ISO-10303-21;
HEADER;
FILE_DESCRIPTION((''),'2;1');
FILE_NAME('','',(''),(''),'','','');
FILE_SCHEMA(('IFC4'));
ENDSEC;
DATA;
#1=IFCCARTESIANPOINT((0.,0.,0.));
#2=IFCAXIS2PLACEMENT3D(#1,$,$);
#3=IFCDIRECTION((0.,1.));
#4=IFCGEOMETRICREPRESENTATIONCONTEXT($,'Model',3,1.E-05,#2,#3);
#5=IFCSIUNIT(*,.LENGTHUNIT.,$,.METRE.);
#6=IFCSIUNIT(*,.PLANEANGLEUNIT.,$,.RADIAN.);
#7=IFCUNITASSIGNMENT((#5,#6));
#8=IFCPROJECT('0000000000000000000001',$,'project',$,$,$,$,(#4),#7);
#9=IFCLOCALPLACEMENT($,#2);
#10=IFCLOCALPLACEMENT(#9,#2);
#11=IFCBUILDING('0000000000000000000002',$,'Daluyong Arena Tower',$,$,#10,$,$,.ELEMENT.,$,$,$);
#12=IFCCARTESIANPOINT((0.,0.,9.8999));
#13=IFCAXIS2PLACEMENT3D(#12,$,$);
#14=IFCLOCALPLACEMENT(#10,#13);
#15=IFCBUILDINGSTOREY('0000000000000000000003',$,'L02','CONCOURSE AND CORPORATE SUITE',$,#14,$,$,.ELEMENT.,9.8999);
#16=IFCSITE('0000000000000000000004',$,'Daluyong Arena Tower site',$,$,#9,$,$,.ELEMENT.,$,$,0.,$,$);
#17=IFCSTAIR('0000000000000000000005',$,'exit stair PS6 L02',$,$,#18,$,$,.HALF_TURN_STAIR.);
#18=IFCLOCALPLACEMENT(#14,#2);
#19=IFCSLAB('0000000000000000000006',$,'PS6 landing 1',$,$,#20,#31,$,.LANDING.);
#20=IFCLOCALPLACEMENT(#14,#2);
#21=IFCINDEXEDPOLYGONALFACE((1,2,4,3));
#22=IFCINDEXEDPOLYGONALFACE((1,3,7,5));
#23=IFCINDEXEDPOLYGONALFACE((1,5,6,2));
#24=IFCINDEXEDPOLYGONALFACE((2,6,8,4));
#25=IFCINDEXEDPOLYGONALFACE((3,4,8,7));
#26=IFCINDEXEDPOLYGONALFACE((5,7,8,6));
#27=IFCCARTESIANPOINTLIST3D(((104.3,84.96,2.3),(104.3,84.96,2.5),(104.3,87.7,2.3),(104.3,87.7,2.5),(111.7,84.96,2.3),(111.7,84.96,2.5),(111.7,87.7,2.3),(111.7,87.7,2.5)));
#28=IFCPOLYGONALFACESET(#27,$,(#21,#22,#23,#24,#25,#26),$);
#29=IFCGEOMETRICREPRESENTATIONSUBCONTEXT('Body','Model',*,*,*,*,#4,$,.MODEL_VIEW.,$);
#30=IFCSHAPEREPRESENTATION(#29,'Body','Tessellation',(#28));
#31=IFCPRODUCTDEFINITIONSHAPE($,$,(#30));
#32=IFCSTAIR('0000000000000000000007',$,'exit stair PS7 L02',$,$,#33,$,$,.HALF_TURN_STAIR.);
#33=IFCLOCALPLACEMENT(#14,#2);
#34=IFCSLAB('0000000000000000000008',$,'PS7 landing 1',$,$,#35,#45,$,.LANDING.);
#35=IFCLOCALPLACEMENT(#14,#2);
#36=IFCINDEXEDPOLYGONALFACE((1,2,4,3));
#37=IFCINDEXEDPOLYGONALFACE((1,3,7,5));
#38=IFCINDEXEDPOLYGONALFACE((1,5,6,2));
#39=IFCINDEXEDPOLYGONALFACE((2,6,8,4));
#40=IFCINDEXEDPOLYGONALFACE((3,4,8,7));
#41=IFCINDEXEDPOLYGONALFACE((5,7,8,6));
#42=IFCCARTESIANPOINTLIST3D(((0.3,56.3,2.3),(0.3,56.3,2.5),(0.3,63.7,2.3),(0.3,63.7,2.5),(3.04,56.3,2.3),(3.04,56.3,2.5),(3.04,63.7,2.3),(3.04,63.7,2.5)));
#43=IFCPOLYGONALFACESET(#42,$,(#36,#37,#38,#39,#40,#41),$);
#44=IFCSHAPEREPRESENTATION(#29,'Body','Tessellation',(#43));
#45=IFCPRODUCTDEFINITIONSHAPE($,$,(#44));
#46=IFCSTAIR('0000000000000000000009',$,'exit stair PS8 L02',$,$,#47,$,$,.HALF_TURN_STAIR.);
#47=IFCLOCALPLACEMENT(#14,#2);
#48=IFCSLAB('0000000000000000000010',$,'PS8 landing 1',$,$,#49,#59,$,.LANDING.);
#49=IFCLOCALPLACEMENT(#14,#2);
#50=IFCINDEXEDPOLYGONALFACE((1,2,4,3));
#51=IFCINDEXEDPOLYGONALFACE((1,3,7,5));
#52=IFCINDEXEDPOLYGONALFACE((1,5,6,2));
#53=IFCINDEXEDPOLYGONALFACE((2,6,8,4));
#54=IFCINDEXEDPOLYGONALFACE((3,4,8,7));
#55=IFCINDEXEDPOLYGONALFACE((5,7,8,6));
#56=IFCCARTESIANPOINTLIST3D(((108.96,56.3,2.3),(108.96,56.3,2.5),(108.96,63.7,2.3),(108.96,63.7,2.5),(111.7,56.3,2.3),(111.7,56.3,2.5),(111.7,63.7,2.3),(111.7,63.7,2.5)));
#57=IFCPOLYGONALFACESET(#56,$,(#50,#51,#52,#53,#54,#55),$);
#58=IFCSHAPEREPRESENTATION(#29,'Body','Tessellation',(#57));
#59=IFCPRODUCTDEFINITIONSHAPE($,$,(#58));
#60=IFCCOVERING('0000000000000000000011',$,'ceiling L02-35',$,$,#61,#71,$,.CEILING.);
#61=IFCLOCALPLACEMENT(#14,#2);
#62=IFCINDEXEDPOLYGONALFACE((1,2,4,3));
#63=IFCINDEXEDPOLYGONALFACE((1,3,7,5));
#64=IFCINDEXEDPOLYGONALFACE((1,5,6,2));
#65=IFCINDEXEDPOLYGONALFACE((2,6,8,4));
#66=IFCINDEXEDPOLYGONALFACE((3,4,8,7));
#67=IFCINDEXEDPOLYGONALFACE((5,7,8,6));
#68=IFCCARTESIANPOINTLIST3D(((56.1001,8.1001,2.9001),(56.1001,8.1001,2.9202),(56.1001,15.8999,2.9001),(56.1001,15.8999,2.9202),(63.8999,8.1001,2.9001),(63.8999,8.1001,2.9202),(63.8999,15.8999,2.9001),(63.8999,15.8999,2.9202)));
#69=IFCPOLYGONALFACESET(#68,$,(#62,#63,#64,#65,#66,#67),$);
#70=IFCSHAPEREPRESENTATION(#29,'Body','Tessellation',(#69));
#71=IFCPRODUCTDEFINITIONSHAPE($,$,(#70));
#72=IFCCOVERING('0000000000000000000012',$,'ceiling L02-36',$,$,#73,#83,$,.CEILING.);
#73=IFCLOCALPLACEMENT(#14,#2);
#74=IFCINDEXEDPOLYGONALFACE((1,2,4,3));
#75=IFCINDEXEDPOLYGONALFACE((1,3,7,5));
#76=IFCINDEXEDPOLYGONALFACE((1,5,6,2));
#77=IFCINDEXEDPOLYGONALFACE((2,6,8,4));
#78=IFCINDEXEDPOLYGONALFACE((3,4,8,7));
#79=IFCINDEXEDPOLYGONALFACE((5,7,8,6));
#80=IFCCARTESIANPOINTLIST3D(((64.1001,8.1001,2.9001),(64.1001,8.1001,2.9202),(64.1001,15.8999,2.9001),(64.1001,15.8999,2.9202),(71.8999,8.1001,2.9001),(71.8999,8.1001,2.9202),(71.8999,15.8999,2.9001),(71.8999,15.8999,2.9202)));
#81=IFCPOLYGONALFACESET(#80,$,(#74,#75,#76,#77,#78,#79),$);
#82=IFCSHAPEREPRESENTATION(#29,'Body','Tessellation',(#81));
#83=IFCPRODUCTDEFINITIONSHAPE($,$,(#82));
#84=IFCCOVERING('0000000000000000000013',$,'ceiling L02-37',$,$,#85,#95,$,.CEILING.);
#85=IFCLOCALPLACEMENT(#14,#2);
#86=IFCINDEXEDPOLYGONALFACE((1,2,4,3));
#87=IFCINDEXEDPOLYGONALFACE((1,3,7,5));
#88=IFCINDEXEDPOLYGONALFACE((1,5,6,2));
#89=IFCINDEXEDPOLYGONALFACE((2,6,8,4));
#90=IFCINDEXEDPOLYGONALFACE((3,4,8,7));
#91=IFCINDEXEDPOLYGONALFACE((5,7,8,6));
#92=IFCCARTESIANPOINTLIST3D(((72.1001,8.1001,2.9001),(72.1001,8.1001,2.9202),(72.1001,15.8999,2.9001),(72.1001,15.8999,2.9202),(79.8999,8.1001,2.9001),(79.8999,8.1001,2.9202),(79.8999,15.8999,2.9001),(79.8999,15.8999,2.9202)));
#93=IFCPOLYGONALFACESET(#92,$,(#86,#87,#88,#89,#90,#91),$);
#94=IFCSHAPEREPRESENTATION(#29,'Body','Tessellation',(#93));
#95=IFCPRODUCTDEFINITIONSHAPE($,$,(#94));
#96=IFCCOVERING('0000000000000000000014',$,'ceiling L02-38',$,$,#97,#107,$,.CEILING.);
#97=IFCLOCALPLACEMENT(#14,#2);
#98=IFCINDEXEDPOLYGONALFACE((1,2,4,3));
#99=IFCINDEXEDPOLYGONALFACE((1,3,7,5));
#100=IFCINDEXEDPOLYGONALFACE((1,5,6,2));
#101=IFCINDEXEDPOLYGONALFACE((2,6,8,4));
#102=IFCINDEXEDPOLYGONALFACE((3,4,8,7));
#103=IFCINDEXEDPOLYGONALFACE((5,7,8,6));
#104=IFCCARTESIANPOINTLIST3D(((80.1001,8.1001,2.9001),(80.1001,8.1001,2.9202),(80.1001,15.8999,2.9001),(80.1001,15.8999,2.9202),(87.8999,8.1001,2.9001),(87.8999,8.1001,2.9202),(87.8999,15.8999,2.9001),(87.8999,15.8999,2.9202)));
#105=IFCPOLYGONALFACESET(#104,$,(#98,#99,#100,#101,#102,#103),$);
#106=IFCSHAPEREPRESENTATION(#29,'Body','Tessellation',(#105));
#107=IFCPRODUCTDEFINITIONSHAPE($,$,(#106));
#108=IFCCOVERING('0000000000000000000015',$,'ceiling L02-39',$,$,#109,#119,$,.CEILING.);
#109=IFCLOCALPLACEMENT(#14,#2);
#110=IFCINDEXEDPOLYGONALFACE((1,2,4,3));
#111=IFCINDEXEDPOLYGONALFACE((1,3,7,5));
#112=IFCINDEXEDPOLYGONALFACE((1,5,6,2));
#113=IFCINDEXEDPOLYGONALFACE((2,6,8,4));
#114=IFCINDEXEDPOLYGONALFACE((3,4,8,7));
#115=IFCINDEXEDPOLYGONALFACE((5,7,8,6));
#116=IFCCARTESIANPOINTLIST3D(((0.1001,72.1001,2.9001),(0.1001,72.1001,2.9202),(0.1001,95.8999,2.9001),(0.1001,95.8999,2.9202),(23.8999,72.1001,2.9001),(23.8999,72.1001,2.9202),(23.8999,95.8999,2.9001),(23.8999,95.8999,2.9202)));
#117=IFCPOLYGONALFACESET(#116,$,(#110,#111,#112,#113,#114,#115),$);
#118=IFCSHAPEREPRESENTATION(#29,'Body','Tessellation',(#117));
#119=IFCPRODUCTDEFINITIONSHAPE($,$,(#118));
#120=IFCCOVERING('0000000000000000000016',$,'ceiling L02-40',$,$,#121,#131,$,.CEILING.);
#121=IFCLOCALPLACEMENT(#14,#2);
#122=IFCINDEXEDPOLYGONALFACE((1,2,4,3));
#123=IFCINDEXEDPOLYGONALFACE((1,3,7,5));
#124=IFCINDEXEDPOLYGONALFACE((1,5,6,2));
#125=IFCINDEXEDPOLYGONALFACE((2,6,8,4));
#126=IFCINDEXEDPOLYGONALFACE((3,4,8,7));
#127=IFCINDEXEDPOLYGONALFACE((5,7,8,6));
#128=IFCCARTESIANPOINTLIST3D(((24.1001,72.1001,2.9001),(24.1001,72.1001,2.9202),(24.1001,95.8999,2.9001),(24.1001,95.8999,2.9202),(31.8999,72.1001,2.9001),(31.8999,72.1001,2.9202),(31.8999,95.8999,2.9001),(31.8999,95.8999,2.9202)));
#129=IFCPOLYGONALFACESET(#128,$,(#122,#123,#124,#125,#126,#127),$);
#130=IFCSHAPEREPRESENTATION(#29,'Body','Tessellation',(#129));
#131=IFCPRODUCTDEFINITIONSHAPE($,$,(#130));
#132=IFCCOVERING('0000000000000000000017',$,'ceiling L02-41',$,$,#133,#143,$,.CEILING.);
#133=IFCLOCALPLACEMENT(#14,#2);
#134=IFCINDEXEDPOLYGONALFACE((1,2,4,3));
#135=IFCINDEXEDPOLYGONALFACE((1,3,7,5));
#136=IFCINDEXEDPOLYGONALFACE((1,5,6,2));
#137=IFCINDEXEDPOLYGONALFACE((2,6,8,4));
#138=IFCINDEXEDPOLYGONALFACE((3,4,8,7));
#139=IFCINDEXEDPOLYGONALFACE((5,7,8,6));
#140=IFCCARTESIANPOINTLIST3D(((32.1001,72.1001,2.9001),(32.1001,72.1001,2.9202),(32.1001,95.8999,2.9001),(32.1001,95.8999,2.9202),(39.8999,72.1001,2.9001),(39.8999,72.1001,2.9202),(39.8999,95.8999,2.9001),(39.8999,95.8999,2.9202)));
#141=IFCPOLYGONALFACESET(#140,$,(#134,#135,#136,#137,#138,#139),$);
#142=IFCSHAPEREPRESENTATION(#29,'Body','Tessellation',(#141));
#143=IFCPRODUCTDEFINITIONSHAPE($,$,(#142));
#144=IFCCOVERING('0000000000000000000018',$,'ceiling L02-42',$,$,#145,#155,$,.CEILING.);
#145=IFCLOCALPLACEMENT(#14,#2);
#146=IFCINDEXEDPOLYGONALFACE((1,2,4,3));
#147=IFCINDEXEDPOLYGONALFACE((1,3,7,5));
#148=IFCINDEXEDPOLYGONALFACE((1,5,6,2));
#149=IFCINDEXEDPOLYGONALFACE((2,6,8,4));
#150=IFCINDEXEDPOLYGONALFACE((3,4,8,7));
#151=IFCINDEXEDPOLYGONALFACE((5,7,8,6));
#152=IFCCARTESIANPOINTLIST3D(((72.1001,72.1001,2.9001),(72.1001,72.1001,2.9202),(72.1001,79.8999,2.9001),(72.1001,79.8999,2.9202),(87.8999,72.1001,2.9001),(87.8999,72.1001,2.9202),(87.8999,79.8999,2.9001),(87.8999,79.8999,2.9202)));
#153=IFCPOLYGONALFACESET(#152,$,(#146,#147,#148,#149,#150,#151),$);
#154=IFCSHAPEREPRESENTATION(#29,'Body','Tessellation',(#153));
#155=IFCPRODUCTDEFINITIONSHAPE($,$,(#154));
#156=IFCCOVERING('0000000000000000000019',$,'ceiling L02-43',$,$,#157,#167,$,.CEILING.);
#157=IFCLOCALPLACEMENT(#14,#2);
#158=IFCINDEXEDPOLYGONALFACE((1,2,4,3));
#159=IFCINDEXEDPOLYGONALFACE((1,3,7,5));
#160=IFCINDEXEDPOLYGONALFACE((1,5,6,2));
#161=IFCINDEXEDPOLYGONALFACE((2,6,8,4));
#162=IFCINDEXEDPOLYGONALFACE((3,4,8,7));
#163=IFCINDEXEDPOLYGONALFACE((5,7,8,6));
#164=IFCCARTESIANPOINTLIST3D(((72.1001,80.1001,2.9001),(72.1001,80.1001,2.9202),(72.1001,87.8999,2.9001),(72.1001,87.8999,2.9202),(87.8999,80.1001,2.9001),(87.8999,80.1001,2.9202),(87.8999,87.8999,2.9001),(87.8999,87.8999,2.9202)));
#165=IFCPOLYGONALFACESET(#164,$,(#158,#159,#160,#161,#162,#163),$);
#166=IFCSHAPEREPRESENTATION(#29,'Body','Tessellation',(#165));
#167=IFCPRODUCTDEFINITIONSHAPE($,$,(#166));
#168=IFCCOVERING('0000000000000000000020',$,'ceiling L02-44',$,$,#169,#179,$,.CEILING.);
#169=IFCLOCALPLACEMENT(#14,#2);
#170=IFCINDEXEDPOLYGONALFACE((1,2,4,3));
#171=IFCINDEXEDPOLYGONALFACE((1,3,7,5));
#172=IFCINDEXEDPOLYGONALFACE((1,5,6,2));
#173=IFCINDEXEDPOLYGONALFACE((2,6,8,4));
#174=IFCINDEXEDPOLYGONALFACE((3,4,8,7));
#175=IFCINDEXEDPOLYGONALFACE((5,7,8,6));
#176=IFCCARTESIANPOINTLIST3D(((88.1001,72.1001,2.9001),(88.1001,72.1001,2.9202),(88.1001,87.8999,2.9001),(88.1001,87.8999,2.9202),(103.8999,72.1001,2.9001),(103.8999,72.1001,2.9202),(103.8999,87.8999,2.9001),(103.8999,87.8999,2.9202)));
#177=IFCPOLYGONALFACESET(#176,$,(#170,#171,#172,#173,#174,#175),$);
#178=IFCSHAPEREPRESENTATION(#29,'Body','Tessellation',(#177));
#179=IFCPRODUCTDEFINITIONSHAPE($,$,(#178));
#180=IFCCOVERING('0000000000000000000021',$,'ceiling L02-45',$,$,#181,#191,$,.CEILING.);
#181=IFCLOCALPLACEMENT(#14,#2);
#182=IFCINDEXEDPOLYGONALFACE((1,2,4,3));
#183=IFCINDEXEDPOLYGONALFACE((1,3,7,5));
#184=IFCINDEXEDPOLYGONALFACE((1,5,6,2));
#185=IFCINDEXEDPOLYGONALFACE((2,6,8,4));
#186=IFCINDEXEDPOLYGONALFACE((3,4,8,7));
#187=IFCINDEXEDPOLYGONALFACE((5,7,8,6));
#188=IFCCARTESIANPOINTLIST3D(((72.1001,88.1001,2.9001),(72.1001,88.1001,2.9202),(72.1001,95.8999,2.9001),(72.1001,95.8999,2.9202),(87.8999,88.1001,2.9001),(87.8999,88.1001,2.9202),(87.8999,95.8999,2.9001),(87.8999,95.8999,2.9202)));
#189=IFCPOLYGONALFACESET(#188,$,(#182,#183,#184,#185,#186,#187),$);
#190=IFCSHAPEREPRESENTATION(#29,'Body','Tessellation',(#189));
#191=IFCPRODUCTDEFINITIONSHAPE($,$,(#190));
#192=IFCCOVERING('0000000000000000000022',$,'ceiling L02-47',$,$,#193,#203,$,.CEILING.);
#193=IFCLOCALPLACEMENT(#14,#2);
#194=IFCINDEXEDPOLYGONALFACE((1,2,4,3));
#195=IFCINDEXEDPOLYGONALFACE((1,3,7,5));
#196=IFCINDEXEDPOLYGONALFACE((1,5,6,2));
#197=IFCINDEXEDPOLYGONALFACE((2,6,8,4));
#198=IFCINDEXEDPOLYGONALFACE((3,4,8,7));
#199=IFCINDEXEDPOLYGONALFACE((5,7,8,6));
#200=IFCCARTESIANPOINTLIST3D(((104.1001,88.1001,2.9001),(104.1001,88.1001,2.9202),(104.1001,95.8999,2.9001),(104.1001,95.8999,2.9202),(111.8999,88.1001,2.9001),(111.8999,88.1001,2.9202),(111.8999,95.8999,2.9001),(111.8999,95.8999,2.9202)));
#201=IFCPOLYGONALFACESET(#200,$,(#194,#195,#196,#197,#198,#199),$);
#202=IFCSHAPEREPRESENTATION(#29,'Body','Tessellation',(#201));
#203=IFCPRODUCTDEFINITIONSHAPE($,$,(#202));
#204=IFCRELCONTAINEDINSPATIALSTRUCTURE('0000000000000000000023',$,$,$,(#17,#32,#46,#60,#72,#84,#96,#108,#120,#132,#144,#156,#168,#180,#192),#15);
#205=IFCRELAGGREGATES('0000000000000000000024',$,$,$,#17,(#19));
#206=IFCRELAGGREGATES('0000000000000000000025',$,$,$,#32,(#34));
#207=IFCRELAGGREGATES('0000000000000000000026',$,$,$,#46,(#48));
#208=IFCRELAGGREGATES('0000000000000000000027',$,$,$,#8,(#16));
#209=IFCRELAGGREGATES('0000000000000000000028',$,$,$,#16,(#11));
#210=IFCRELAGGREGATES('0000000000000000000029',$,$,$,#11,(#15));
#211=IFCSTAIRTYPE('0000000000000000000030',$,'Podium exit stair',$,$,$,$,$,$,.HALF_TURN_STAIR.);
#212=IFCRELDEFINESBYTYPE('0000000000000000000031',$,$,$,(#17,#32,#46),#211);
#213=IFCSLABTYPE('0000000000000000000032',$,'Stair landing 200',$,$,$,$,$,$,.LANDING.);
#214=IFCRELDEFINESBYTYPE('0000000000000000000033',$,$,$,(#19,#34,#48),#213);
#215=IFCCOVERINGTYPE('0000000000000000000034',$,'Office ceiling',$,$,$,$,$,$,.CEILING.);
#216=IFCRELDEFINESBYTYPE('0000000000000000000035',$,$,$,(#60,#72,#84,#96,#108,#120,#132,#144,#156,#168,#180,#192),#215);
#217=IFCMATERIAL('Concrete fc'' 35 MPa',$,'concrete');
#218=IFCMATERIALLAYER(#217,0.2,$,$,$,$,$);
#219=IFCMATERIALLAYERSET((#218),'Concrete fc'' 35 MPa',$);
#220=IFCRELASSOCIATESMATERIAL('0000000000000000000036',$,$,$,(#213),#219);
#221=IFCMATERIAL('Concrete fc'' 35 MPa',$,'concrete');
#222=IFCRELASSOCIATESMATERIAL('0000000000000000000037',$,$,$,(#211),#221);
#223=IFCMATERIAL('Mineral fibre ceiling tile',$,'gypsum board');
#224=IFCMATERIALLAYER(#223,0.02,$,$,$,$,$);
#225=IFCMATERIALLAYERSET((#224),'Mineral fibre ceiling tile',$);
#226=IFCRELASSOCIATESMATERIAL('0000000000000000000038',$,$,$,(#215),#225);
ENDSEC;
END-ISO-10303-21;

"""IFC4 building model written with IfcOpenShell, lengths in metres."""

from ifc_helpers import new_model, si_unit, direction, frame, origin, place, context, subcontext, project, spatial, polyline, outline, extrude, material, layer, layer_set, type_object, element, aggregate, save


model = new_model("IFC4")

# Units and contexts
model_context = context("Model", 3, precision=1e-05, world=origin(), true_north=direction((0.0, 1.0)))
body_context = subcontext(model_context, "Body", "Model", "MODEL_VIEW")
ifc_project = project(units=[si_unit("LENGTHUNIT", "METRE"), si_unit("PLANEANGLEUNIT", "RADIAN")], contexts=[model_context])

# Site, building, storey
site_placement = place(None, origin())
site = spatial("IfcSite", under=ifc_project, at=site_placement, Name="Daluyong Arena Tower site", CompositionType="ELEMENT", RefElevation=0.0)
building_placement = place(site_placement, origin())
building = spatial("IfcBuilding", under=site, at=building_placement, Name="Daluyong Arena Tower", CompositionType="ELEMENT")
storey_placement = place(building_placement, frame((0.0, 0.0, 9.8999)))
storey = spatial("IfcBuildingStorey", under=building, at=storey_placement, Name="L02", Description="CONCOURSE AND CORPORATE SUITE", CompositionType="ELEMENT", Elevation=9.8999)

# Shared definitions
ifc_material_1 = material(Name="Concrete fc' 35 MPa", Category="concrete")
ifc_layer_1 = layer(ifc_material_1, 0.2)
ifc_layer_set_1 = layer_set([ifc_layer_1], Name="Concrete fc' 35 MPa")
slab_type = type_object("IfcSlabType", Name="Stair landing 200", PredefinedType="LANDING", material=ifc_layer_set_1)

# Stairs, slabs
ifc_material_2 = material(Name="Concrete fc' 35 MPa", Category="concrete")
stair_type_1 = type_object("IfcStairType", Name="Podium exit stair", PredefinedType="HALF_TURN_STAIR", material=ifc_material_2)
stair_1_placement = place(storey_placement, origin())
stair_1 = element("IfcStair", 1, at=stair_1_placement, inside=storey, type_object=stair_type_1, Name="exit stair PS6 L02", PredefinedType="HALF_TURN_STAIR")
slab_1_placement = place(storey_placement, frame((0.0, 0.0, 2.3)))
slab_1 = element("IfcSlab", 2, at=slab_1_placement, type_object=slab_type, Name="PS6 landing 1", PredefinedType="LANDING", context=body_context, shape_type="SweptSolid", body=[
    extrude(outline(polyline([(104.3, 84.96), (111.7, 84.96), (111.7, 87.7), (104.3, 87.7), (104.3, 84.96)])), origin(), (0.0, 0.0, 1.0), 0.2),
])
aggregate(stair_1, [slab_1])
stair_2_placement = place(storey_placement, origin())
stair_2 = element("IfcStair", 3, at=stair_2_placement, inside=storey, type_object=stair_type_1, Name="exit stair PS7 L02", PredefinedType="HALF_TURN_STAIR")
slab_2_placement = place(storey_placement, frame((0.0, 0.0, 2.3)))
slab_2 = element("IfcSlab", 4, at=slab_2_placement, type_object=slab_type, Name="PS7 landing 1", PredefinedType="LANDING", context=body_context, shape_type="SweptSolid", body=[
    extrude(outline(polyline([(3.04, 56.3), (3.04, 63.7), (0.3, 63.7), (0.3, 56.3), (3.04, 56.3)])), origin(), (0.0, 0.0, 1.0), 0.2),
])
aggregate(stair_2, [slab_2])
stair_3_placement = place(storey_placement, origin())
stair_3 = element("IfcStair", 5, at=stair_3_placement, inside=storey, type_object=stair_type_1, Name="exit stair PS8 L02", PredefinedType="HALF_TURN_STAIR")
slab_3_placement = place(storey_placement, frame((0.0, 0.0, 2.3)))
slab_3 = element("IfcSlab", 6, at=slab_3_placement, type_object=slab_type, Name="PS8 landing 1", PredefinedType="LANDING", context=body_context, shape_type="SweptSolid", body=[
    extrude(outline(polyline([(111.7, 56.3), (111.7, 63.7), (108.96, 63.7), (108.96, 56.3), (111.7, 56.3)])), origin(), (0.0, 0.0, 1.0), 0.2),
])
aggregate(stair_3, [slab_3])

# Coverings
ifc_material_3 = material(Name="Mineral fibre ceiling tile", Category="gypsum board")
ifc_layer_2 = layer(ifc_material_3, 0.02)
ifc_layer_set_2 = layer_set([ifc_layer_2], Name="Mineral fibre ceiling tile")
covering_type = type_object("IfcCoveringType", Name="Office ceiling", PredefinedType="CEILING", material=ifc_layer_set_2)
covering_1_placement = place(storey_placement, frame((0.0, 0.0, 2.9001)))
element("IfcCovering", 7, at=covering_1_placement, inside=storey, type_object=covering_type, Name="ceiling L02-35", PredefinedType="CEILING", context=body_context, shape_type="SweptSolid", body=[
    extrude(outline(polyline([(63.8999, 8.1001), (63.8999, 15.8999), (56.1001, 15.8999), (56.1001, 8.1001), (63.8999, 8.1001)])), origin(), (0.0, 0.0, 1.0), 0.02),
])
covering_2_placement = place(storey_placement, frame((0.0, 0.0, 2.9001)))
element("IfcCovering", 8, at=covering_2_placement, inside=storey, type_object=covering_type, Name="ceiling L02-36", PredefinedType="CEILING", context=body_context, shape_type="SweptSolid", body=[
    extrude(outline(polyline([(71.8999, 8.1001), (71.8999, 15.8999), (64.1001, 15.8999), (64.1001, 8.1001), (71.8999, 8.1001)])), origin(), (0.0, 0.0, 1.0), 0.02),
])
covering_3_placement = place(storey_placement, frame((0.0, 0.0, 2.9001)))
element("IfcCovering", 9, at=covering_3_placement, inside=storey, type_object=covering_type, Name="ceiling L02-37", PredefinedType="CEILING", context=body_context, shape_type="SweptSolid", body=[
    extrude(outline(polyline([(79.8999, 8.1001), (79.8999, 15.8999), (72.1001, 15.8999), (72.1001, 8.1001), (79.8999, 8.1001)])), origin(), (0.0, 0.0, 1.0), 0.02),
])
covering_4_placement = place(storey_placement, frame((0.0, 0.0, 2.9001)))
element("IfcCovering", 10, at=covering_4_placement, inside=storey, type_object=covering_type, Name="ceiling L02-38", PredefinedType="CEILING", context=body_context, shape_type="SweptSolid", body=[
    extrude(outline(polyline([(87.8999, 8.1001), (87.8999, 15.8999), (80.1001, 15.8999), (80.1001, 8.1001), (87.8999, 8.1001)])), origin(), (0.0, 0.0, 1.0), 0.02),
])
covering_5_placement = place(storey_placement, frame((0.0, 0.0, 2.9001)))
element("IfcCovering", 11, at=covering_5_placement, inside=storey, type_object=covering_type, Name="ceiling L02-39", PredefinedType="CEILING", context=body_context, shape_type="SweptSolid", body=[
    extrude(outline(polyline([(23.8999, 72.1001), (23.8999, 95.8999), (0.1001, 95.8999), (0.1001, 72.1001), (23.8999, 72.1001)])), origin(), (0.0, 0.0, 1.0), 0.02),
])
covering_6_placement = place(storey_placement, frame((0.0, 0.0, 2.9001)))
element("IfcCovering", 12, at=covering_6_placement, inside=storey, type_object=covering_type, Name="ceiling L02-40", PredefinedType="CEILING", context=body_context, shape_type="SweptSolid", body=[
    extrude(outline(polyline([(31.8999, 72.1001), (31.8999, 95.8999), (24.1001, 95.8999), (24.1001, 72.1001), (31.8999, 72.1001)])), origin(), (0.0, 0.0, 1.0), 0.02),
])
covering_7_placement = place(storey_placement, frame((0.0, 0.0, 2.9001)))
element("IfcCovering", 13, at=covering_7_placement, inside=storey, type_object=covering_type, Name="ceiling L02-41", PredefinedType="CEILING", context=body_context, shape_type="SweptSolid", body=[
    extrude(outline(polyline([(39.8999, 72.1001), (39.8999, 95.8999), (32.1001, 95.8999), (32.1001, 72.1001), (39.8999, 72.1001)])), origin(), (0.0, 0.0, 1.0), 0.02),
])
covering_8_placement = place(storey_placement, frame((0.0, 0.0, 2.9001)))
element("IfcCovering", 14, at=covering_8_placement, inside=storey, type_object=covering_type, Name="ceiling L02-42", PredefinedType="CEILING", context=body_context, shape_type="SweptSolid", body=[
    extrude(outline(polyline([(87.8999, 72.1001), (87.8999, 79.8999), (72.1001, 79.8999), (72.1001, 72.1001), (87.8999, 72.1001)])), origin(), (0.0, 0.0, 1.0), 0.02),
])
covering_9_placement = place(storey_placement, frame((0.0, 0.0, 2.9001)))
element("IfcCovering", 15, at=covering_9_placement, inside=storey, type_object=covering_type, Name="ceiling L02-43", PredefinedType="CEILING", context=body_context, shape_type="SweptSolid", body=[
    extrude(outline(polyline([(87.8999, 80.1001), (87.8999, 87.8999), (72.1001, 87.8999), (72.1001, 80.1001), (87.8999, 80.1001)])), origin(), (0.0, 0.0, 1.0), 0.02),
])
covering_10_placement = place(storey_placement, frame((0.0, 0.0, 2.9001)))
element("IfcCovering", 16, at=covering_10_placement, inside=storey, type_object=covering_type, Name="ceiling L02-44", PredefinedType="CEILING", context=body_context, shape_type="SweptSolid", body=[
    extrude(outline(polyline([(103.8999, 72.1001), (103.8999, 87.8999), (88.1001, 87.8999), (88.1001, 72.1001), (103.8999, 72.1001)])), origin(), (0.0, 0.0, 1.0), 0.02),
])
covering_11_placement = place(storey_placement, frame((0.0, 0.0, 2.9001)))
element("IfcCovering", 17, at=covering_11_placement, inside=storey, type_object=covering_type, Name="ceiling L02-45", PredefinedType="CEILING", context=body_context, shape_type="SweptSolid", body=[
    extrude(outline(polyline([(87.8999, 88.1001), (87.8999, 95.8999), (72.1001, 95.8999), (72.1001, 88.1001), (87.8999, 88.1001)])), origin(), (0.0, 0.0, 1.0), 0.02),
])
covering_12_placement = place(storey_placement, frame((0.0, 0.0, 2.9001)))
element("IfcCovering", 18, at=covering_12_placement, inside=storey, type_object=covering_type, Name="ceiling L02-47", PredefinedType="CEILING", context=body_context, shape_type="SweptSolid", body=[
    extrude(outline(polyline([(111.8999, 88.1001), (111.8999, 95.8999), (104.1001, 95.8999), (104.1001, 88.1001), (111.8999, 88.1001)])), origin(), (0.0, 0.0, 1.0), 0.02),
])

save(model, "model.ifc")
